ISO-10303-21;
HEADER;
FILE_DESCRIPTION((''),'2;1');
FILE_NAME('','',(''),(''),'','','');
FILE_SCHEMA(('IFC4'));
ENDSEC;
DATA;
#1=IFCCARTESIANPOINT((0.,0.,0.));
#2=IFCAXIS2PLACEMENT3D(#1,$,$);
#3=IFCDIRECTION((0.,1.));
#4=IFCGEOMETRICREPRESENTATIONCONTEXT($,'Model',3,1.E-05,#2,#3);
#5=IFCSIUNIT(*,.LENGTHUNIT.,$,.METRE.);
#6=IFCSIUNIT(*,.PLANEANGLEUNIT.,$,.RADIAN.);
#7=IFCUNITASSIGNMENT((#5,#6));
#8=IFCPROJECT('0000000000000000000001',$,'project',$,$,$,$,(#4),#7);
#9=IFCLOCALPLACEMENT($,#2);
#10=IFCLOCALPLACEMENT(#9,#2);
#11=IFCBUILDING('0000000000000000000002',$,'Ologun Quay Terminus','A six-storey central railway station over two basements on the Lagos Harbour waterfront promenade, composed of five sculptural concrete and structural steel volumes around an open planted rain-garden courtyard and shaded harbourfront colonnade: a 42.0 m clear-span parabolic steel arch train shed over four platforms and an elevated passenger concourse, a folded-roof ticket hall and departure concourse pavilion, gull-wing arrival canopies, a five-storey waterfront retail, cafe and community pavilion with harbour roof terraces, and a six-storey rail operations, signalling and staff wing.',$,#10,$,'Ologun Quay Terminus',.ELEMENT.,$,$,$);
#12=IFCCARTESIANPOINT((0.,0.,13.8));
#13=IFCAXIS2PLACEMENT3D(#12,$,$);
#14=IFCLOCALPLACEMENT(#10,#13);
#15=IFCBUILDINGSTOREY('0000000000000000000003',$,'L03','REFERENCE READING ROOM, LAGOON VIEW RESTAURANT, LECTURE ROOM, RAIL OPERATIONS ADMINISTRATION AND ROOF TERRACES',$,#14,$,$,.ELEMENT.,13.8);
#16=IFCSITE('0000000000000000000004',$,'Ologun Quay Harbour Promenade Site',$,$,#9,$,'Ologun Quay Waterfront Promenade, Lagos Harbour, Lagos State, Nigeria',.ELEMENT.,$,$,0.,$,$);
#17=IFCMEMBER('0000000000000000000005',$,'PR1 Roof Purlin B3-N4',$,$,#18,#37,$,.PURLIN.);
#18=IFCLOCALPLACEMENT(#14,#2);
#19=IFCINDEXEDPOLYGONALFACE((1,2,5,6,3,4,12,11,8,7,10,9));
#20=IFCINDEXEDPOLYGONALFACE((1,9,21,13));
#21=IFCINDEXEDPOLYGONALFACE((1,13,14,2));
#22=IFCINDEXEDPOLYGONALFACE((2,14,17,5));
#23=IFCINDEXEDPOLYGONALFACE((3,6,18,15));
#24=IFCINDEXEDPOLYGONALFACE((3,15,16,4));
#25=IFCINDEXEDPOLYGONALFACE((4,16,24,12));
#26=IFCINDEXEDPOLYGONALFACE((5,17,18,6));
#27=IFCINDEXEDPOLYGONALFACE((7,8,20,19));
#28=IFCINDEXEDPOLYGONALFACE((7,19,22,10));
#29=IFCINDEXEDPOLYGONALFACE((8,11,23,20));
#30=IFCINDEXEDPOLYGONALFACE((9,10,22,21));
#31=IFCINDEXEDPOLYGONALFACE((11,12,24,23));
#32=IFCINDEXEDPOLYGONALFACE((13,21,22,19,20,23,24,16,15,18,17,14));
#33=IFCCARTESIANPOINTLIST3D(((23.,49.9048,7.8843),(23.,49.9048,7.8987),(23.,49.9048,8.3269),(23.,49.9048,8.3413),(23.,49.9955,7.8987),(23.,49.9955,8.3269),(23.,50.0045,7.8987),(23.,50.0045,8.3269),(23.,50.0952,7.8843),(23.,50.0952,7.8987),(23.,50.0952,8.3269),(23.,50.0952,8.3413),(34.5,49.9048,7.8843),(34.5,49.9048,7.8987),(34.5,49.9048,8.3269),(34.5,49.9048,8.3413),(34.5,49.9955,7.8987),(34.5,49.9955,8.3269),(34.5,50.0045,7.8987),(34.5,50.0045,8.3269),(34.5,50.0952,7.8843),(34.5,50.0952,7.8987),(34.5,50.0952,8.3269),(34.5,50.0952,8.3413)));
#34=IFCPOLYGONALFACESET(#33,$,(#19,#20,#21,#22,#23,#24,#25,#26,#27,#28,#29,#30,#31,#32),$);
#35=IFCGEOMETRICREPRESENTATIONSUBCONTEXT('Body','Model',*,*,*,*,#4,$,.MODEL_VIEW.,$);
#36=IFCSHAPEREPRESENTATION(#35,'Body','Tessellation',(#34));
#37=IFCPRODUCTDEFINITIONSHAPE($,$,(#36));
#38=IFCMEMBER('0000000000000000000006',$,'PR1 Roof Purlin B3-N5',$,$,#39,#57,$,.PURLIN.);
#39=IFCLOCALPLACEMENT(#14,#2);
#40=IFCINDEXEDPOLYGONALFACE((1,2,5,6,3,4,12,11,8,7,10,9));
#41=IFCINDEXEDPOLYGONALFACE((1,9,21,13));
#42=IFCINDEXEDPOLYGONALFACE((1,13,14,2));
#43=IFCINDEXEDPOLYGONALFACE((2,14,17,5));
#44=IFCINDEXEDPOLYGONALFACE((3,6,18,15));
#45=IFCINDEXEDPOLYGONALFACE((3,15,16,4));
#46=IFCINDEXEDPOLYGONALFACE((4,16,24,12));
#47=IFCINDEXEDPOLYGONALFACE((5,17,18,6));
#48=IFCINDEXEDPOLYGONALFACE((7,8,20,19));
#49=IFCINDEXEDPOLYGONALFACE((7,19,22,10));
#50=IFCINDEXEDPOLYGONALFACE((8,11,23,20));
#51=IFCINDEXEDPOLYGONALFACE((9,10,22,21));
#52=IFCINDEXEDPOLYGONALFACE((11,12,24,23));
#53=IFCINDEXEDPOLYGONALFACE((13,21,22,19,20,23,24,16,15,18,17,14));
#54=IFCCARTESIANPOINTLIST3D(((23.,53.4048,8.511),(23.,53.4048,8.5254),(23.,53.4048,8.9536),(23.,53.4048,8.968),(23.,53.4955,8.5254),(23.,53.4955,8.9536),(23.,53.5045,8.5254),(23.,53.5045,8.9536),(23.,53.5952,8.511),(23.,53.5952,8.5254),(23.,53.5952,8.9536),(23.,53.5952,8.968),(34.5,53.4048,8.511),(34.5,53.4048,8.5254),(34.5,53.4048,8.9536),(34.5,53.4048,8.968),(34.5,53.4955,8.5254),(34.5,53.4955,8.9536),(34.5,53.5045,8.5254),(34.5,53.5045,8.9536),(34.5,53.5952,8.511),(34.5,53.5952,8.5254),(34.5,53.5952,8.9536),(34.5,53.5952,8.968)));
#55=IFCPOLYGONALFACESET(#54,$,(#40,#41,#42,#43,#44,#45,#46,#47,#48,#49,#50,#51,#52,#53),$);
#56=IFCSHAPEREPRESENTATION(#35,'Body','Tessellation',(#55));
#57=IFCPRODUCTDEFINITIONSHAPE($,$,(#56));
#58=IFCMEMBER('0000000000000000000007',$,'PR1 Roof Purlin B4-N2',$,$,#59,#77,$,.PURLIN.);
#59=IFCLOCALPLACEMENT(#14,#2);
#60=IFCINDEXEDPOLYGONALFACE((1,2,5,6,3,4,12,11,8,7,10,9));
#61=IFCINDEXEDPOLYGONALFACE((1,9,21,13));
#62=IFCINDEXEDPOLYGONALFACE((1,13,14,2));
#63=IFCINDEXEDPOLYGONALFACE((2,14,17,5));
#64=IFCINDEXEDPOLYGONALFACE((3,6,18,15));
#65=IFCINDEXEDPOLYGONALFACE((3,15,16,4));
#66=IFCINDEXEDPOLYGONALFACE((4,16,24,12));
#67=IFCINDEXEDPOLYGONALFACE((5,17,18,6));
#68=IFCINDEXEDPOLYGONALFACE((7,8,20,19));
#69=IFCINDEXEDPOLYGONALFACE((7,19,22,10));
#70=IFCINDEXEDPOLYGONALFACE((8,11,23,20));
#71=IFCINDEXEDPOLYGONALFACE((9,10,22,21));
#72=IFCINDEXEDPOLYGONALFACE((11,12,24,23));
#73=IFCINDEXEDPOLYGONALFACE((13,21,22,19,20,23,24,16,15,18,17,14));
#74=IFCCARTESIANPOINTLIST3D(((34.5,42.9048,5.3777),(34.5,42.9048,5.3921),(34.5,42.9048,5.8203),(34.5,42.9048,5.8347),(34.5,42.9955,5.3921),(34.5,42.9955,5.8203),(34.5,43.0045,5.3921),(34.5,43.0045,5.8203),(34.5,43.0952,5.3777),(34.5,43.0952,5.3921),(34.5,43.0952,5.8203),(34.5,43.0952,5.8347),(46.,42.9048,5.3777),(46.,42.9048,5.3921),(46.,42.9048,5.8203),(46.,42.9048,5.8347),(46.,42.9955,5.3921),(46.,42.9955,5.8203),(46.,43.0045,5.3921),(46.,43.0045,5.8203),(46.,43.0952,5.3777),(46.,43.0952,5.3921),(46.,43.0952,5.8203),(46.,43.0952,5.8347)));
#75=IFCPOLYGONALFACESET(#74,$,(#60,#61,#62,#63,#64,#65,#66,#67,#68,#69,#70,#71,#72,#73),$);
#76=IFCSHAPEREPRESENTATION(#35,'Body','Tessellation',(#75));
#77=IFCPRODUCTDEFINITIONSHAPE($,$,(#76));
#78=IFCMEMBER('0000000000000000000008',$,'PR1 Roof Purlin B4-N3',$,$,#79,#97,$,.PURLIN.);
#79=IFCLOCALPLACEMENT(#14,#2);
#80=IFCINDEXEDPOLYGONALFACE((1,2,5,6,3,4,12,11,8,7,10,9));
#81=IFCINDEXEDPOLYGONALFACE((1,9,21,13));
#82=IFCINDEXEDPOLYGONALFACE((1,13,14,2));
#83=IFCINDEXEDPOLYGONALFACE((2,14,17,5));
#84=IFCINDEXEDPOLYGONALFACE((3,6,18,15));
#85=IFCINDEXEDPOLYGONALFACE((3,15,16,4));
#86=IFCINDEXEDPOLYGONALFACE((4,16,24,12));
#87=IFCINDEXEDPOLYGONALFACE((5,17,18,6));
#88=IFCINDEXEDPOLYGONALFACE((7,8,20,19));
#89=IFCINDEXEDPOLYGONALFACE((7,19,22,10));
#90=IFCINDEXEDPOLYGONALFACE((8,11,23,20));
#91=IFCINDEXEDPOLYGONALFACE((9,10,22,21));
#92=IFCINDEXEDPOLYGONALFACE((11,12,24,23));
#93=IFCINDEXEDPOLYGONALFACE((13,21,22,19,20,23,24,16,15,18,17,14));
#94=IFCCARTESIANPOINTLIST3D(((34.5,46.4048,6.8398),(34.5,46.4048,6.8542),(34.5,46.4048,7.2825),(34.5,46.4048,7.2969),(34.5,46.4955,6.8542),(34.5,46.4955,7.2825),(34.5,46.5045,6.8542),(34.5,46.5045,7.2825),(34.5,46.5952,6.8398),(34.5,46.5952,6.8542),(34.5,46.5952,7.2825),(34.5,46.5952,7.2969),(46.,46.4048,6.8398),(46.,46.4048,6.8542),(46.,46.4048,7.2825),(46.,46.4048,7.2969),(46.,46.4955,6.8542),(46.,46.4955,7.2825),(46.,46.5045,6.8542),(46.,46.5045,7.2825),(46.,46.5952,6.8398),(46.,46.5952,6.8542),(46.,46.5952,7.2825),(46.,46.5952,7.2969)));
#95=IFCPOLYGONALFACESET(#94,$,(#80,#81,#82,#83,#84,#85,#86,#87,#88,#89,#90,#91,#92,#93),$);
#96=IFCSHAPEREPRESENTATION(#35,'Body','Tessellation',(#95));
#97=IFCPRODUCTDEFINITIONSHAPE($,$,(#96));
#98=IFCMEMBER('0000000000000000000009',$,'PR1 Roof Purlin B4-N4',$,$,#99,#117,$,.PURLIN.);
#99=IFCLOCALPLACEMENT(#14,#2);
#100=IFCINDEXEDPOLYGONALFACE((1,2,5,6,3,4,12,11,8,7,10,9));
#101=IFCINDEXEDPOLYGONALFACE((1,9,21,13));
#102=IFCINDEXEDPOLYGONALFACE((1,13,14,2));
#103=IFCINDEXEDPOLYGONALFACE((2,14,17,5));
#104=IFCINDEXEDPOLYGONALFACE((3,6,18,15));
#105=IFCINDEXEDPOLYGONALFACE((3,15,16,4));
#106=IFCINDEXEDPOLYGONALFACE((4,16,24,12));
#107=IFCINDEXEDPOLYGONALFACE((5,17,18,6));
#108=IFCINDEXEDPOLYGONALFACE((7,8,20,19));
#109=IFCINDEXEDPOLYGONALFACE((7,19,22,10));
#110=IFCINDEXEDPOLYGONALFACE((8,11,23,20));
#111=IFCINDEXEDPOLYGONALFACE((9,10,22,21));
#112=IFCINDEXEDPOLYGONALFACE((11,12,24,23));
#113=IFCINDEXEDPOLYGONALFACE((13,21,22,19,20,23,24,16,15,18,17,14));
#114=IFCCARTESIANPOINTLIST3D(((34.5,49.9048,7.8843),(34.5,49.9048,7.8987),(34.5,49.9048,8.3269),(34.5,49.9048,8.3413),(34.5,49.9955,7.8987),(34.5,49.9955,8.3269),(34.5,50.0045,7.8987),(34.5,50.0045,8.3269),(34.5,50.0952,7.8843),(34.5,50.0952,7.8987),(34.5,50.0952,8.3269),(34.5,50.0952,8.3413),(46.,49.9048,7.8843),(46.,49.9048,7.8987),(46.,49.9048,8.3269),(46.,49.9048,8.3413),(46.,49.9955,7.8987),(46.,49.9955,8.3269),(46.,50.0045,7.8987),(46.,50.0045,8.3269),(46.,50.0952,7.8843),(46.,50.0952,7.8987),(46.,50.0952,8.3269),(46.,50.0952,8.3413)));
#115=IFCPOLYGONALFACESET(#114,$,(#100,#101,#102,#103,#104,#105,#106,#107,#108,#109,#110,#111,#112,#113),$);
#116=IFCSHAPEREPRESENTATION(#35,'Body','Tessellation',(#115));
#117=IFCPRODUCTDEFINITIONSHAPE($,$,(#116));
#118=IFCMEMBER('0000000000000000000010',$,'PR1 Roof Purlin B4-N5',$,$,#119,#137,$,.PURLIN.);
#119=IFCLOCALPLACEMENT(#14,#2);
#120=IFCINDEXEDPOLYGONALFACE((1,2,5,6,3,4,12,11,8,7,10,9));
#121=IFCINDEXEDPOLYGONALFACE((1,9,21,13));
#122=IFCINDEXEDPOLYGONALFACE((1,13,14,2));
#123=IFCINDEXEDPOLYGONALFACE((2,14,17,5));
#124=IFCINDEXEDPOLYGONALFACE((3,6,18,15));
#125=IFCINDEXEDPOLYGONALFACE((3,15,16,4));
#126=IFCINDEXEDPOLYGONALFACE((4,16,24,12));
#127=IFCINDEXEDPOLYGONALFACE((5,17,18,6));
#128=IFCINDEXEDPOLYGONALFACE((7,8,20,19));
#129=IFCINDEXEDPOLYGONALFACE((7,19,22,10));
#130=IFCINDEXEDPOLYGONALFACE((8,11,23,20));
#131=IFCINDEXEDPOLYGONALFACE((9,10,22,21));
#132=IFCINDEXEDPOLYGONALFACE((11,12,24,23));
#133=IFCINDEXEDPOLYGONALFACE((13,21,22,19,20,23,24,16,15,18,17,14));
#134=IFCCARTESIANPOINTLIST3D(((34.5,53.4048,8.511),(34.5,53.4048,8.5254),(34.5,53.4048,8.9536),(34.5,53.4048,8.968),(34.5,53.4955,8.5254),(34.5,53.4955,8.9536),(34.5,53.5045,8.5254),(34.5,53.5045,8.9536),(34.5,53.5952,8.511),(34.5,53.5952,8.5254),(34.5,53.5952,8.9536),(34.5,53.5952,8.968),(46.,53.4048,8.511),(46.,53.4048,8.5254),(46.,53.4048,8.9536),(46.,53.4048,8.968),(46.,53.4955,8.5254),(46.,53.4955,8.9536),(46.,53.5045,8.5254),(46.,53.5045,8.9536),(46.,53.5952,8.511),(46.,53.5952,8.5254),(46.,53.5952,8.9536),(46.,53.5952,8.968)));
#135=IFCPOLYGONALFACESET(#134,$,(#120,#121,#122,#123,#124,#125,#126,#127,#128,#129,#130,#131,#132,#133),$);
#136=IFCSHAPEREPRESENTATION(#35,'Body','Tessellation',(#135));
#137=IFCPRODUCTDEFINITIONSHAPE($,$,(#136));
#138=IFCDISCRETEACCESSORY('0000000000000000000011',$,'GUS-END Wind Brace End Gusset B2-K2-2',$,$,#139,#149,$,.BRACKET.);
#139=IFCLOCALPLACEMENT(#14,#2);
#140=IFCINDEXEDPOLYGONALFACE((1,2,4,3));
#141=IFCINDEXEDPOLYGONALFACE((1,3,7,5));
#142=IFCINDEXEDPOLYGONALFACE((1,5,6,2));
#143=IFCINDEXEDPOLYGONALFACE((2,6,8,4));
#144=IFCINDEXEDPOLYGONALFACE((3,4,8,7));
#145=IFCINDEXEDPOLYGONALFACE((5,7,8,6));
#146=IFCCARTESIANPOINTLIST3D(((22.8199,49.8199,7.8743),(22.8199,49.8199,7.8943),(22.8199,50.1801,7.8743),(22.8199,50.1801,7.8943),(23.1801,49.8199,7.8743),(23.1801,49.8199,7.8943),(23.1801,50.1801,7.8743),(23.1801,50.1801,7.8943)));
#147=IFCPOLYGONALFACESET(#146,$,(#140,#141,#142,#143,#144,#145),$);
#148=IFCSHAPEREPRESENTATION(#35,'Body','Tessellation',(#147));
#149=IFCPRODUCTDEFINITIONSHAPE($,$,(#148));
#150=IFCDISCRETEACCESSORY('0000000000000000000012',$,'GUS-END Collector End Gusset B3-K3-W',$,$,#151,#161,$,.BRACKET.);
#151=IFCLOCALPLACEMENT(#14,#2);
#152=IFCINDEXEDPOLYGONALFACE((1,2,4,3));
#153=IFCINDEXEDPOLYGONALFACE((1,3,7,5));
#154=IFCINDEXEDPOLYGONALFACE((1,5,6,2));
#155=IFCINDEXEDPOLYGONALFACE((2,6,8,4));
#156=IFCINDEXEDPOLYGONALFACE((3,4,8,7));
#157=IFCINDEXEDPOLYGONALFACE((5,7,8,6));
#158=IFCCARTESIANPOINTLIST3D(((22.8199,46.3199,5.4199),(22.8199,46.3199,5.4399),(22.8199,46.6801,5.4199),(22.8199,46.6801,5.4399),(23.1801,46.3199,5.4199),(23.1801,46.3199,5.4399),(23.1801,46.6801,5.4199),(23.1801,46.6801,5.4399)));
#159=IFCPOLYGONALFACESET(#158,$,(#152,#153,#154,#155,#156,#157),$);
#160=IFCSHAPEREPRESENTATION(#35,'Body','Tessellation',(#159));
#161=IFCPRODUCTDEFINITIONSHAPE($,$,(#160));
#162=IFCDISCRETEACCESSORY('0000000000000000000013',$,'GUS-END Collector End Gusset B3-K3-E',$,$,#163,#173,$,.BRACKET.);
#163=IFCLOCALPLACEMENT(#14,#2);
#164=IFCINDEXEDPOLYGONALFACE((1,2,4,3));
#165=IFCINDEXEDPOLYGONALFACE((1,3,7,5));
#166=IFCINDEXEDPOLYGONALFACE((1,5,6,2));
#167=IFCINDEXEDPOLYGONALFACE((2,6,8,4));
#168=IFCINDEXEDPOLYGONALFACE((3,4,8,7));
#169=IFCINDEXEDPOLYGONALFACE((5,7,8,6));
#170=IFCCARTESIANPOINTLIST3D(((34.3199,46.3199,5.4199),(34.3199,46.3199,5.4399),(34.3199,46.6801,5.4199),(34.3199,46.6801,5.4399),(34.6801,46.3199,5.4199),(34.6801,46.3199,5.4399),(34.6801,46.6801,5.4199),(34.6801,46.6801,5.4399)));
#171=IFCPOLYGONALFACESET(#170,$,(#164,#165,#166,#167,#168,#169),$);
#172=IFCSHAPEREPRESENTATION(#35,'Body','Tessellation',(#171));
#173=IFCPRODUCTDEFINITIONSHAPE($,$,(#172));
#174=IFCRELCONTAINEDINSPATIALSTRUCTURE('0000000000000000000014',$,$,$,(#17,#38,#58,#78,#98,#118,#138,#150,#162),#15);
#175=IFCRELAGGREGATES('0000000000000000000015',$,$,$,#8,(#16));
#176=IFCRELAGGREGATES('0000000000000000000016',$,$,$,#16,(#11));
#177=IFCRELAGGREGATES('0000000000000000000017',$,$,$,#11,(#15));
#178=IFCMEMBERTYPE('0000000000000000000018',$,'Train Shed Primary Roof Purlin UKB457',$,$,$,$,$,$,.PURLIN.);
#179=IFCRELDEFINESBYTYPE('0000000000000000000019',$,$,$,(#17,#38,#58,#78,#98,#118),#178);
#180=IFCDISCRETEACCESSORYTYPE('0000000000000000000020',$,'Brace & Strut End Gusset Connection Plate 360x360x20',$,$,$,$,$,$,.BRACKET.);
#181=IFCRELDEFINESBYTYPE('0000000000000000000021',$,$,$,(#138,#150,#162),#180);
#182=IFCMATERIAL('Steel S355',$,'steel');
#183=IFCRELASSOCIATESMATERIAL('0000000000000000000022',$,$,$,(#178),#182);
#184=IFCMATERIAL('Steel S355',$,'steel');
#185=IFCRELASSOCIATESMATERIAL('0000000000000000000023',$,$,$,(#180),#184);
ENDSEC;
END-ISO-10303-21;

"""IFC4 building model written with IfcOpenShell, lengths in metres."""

from ifc_helpers import new_model, si_unit, direction, frame, origin, origin_2d, place, context, subcontext, project, spatial, rectangle, i_section, extrude, material, material_profile, profile_set, type_object, element, save


model = new_model("IFC4")

# Units and contexts
model_context = context("Model", 3, precision=1e-05, world=origin(), true_north=direction((0.0, 1.0)))
body_context = subcontext(model_context, "Body", "Model", "MODEL_VIEW")
ifc_project = project(units=[si_unit("LENGTHUNIT", "METRE"), si_unit("PLANEANGLEUNIT", "RADIAN")], contexts=[model_context])

# Site, building, storey
site_placement = place(None, origin())
site = spatial("IfcSite", under=ifc_project, at=site_placement, Name="Ologun Quay Harbour Promenade Site", LongName="Ologun Quay Waterfront Promenade, Lagos Harbour, Lagos State, Nigeria", CompositionType="ELEMENT", RefElevation=0.0)
building_placement = place(site_placement, origin())
building = spatial("IfcBuilding", under=site, at=building_placement, Name="Ologun Quay Terminus", Description="A six-storey central railway station over two basements on the Lagos Harbour waterfront promenade, composed of five sculptural concrete and structural steel volumes around an open planted rain-garden courtyard and shaded harbourfront colonnade: a 42.0 m clear-span parabolic steel arch train shed over four platforms and an elevated passenger concourse, a folded-roof ticket hall and departure concourse pavilion, gull-wing arrival canopies, a five-storey waterfront retail, cafe and community pavilion with harbour roof terraces, and a six-storey rail operations, signalling and staff wing.", LongName="Ologun Quay Terminus", CompositionType="ELEMENT")
storey_placement = place(building_placement, frame((0.0, 0.0, 13.8)))
storey = spatial("IfcBuildingStorey", under=building, at=storey_placement, Name="L03", Description="REFERENCE READING ROOM, LAGOON VIEW RESTAURANT, LECTURE ROOM, RAIL OPERATIONS ADMINISTRATION AND ROOF TERRACES", CompositionType="ELEMENT", Elevation=13.8)

# Members
ifc_material_1 = material(Name="Steel S355", Category="steel")
ifc_material_profile_1 = material_profile(ifc_material_1, i_section(OverallWidth=0.1904, OverallDepth=0.457, WebThickness=0.009, FlangeThickness=0.0144, at=origin_2d()), Name="UKB 457x191x74")
ifc_profile_set_1 = profile_set([ifc_material_profile_1], Name="Steel S355")
member_type_1 = type_object("IfcMemberType", Name="Train Shed Primary Roof Purlin UKB457", PredefinedType="PURLIN", material=ifc_profile_set_1)
for number, where, z_axis, x_axis, name in (
    (1, (23.0, 50.0, 8.1128), (1.0, 0.0, 0.0), (0.0, 1.0, 0.0), "PR1 Roof Purlin B3-N4"),
    (2, (23.0, 53.5, 8.7395), (1.0, 0.0, 0.0), (0.0, 1.0, 0.0), "PR1 Roof Purlin B3-N5"),
    (3, (34.5, 43.0, 5.6062), (1.0, 0.0, 0.0), (0.0, 1.0, 0.0), "PR1 Roof Purlin B4-N2"),
    (4, (34.5, 46.5, 7.0684), (1.0, 0.0, 0.0), (0.0, 1.0, 0.0), "PR1 Roof Purlin B4-N3"),
    (5, (34.5, 50.0, 8.1128), (1.0, 0.0, 0.0), (0.0, 1.0, 0.0), "PR1 Roof Purlin B4-N4"),
    (6, (34.5, 53.5, 8.7395), (1.0, 0.0, 0.0), (0.0, 1.0, 0.0), "PR1 Roof Purlin B4-N5"),
):
    element("IfcMember", number, at=place(storey_placement, frame(where, z_axis=z_axis, x_axis=x_axis)), inside=storey, type_object=member_type_1, Name=name, PredefinedType="PURLIN", context=body_context, shape_type="SweptSolid", body=[
        extrude(i_section(OverallWidth=0.1904, OverallDepth=0.457, WebThickness=0.009, FlangeThickness=0.0144, at=origin_2d()), origin(), (0.0, 0.0, 1.0), 11.5),
    ])

# Discrete accessories
ifc_material_2 = material(Name="Steel S355", Category="steel")
discrete_accessory_type = type_object("IfcDiscreteAccessoryType", Name="Brace & Strut End Gusset Connection Plate 360x360x20", PredefinedType="BRACKET", material=ifc_material_2)
for number, where, z_axis, x_axis, name in (
    (7, (23.0, 50.0, 7.8743), (0.0, 0.0, 1.0), (1.0, 0.0, 0.0), "GUS-END Wind Brace End Gusset B2-K2-2"),
    (8, (23.0, 46.5, 5.4199), (0.0, 0.0, 1.0), (1.0, 0.0, 0.0), "GUS-END Collector End Gusset B3-K3-W"),
    (9, (34.5, 46.5, 5.4199), (0.0, 0.0, 1.0), (1.0, 0.0, 0.0), "GUS-END Collector End Gusset B3-K3-E"),
):
    element("IfcDiscreteAccessory", number, at=place(storey_placement, frame(where, z_axis=z_axis, x_axis=x_axis)), inside=storey, type_object=discrete_accessory_type, Name=name, PredefinedType="BRACKET", context=body_context, shape_type="SweptSolid", body=[
        extrude(rectangle(XDim=0.3601, YDim=0.3601, at=origin_2d()), origin(), (0.0, 0.0, 1.0), 0.02),
    ])

save(model, "model.ifc")
